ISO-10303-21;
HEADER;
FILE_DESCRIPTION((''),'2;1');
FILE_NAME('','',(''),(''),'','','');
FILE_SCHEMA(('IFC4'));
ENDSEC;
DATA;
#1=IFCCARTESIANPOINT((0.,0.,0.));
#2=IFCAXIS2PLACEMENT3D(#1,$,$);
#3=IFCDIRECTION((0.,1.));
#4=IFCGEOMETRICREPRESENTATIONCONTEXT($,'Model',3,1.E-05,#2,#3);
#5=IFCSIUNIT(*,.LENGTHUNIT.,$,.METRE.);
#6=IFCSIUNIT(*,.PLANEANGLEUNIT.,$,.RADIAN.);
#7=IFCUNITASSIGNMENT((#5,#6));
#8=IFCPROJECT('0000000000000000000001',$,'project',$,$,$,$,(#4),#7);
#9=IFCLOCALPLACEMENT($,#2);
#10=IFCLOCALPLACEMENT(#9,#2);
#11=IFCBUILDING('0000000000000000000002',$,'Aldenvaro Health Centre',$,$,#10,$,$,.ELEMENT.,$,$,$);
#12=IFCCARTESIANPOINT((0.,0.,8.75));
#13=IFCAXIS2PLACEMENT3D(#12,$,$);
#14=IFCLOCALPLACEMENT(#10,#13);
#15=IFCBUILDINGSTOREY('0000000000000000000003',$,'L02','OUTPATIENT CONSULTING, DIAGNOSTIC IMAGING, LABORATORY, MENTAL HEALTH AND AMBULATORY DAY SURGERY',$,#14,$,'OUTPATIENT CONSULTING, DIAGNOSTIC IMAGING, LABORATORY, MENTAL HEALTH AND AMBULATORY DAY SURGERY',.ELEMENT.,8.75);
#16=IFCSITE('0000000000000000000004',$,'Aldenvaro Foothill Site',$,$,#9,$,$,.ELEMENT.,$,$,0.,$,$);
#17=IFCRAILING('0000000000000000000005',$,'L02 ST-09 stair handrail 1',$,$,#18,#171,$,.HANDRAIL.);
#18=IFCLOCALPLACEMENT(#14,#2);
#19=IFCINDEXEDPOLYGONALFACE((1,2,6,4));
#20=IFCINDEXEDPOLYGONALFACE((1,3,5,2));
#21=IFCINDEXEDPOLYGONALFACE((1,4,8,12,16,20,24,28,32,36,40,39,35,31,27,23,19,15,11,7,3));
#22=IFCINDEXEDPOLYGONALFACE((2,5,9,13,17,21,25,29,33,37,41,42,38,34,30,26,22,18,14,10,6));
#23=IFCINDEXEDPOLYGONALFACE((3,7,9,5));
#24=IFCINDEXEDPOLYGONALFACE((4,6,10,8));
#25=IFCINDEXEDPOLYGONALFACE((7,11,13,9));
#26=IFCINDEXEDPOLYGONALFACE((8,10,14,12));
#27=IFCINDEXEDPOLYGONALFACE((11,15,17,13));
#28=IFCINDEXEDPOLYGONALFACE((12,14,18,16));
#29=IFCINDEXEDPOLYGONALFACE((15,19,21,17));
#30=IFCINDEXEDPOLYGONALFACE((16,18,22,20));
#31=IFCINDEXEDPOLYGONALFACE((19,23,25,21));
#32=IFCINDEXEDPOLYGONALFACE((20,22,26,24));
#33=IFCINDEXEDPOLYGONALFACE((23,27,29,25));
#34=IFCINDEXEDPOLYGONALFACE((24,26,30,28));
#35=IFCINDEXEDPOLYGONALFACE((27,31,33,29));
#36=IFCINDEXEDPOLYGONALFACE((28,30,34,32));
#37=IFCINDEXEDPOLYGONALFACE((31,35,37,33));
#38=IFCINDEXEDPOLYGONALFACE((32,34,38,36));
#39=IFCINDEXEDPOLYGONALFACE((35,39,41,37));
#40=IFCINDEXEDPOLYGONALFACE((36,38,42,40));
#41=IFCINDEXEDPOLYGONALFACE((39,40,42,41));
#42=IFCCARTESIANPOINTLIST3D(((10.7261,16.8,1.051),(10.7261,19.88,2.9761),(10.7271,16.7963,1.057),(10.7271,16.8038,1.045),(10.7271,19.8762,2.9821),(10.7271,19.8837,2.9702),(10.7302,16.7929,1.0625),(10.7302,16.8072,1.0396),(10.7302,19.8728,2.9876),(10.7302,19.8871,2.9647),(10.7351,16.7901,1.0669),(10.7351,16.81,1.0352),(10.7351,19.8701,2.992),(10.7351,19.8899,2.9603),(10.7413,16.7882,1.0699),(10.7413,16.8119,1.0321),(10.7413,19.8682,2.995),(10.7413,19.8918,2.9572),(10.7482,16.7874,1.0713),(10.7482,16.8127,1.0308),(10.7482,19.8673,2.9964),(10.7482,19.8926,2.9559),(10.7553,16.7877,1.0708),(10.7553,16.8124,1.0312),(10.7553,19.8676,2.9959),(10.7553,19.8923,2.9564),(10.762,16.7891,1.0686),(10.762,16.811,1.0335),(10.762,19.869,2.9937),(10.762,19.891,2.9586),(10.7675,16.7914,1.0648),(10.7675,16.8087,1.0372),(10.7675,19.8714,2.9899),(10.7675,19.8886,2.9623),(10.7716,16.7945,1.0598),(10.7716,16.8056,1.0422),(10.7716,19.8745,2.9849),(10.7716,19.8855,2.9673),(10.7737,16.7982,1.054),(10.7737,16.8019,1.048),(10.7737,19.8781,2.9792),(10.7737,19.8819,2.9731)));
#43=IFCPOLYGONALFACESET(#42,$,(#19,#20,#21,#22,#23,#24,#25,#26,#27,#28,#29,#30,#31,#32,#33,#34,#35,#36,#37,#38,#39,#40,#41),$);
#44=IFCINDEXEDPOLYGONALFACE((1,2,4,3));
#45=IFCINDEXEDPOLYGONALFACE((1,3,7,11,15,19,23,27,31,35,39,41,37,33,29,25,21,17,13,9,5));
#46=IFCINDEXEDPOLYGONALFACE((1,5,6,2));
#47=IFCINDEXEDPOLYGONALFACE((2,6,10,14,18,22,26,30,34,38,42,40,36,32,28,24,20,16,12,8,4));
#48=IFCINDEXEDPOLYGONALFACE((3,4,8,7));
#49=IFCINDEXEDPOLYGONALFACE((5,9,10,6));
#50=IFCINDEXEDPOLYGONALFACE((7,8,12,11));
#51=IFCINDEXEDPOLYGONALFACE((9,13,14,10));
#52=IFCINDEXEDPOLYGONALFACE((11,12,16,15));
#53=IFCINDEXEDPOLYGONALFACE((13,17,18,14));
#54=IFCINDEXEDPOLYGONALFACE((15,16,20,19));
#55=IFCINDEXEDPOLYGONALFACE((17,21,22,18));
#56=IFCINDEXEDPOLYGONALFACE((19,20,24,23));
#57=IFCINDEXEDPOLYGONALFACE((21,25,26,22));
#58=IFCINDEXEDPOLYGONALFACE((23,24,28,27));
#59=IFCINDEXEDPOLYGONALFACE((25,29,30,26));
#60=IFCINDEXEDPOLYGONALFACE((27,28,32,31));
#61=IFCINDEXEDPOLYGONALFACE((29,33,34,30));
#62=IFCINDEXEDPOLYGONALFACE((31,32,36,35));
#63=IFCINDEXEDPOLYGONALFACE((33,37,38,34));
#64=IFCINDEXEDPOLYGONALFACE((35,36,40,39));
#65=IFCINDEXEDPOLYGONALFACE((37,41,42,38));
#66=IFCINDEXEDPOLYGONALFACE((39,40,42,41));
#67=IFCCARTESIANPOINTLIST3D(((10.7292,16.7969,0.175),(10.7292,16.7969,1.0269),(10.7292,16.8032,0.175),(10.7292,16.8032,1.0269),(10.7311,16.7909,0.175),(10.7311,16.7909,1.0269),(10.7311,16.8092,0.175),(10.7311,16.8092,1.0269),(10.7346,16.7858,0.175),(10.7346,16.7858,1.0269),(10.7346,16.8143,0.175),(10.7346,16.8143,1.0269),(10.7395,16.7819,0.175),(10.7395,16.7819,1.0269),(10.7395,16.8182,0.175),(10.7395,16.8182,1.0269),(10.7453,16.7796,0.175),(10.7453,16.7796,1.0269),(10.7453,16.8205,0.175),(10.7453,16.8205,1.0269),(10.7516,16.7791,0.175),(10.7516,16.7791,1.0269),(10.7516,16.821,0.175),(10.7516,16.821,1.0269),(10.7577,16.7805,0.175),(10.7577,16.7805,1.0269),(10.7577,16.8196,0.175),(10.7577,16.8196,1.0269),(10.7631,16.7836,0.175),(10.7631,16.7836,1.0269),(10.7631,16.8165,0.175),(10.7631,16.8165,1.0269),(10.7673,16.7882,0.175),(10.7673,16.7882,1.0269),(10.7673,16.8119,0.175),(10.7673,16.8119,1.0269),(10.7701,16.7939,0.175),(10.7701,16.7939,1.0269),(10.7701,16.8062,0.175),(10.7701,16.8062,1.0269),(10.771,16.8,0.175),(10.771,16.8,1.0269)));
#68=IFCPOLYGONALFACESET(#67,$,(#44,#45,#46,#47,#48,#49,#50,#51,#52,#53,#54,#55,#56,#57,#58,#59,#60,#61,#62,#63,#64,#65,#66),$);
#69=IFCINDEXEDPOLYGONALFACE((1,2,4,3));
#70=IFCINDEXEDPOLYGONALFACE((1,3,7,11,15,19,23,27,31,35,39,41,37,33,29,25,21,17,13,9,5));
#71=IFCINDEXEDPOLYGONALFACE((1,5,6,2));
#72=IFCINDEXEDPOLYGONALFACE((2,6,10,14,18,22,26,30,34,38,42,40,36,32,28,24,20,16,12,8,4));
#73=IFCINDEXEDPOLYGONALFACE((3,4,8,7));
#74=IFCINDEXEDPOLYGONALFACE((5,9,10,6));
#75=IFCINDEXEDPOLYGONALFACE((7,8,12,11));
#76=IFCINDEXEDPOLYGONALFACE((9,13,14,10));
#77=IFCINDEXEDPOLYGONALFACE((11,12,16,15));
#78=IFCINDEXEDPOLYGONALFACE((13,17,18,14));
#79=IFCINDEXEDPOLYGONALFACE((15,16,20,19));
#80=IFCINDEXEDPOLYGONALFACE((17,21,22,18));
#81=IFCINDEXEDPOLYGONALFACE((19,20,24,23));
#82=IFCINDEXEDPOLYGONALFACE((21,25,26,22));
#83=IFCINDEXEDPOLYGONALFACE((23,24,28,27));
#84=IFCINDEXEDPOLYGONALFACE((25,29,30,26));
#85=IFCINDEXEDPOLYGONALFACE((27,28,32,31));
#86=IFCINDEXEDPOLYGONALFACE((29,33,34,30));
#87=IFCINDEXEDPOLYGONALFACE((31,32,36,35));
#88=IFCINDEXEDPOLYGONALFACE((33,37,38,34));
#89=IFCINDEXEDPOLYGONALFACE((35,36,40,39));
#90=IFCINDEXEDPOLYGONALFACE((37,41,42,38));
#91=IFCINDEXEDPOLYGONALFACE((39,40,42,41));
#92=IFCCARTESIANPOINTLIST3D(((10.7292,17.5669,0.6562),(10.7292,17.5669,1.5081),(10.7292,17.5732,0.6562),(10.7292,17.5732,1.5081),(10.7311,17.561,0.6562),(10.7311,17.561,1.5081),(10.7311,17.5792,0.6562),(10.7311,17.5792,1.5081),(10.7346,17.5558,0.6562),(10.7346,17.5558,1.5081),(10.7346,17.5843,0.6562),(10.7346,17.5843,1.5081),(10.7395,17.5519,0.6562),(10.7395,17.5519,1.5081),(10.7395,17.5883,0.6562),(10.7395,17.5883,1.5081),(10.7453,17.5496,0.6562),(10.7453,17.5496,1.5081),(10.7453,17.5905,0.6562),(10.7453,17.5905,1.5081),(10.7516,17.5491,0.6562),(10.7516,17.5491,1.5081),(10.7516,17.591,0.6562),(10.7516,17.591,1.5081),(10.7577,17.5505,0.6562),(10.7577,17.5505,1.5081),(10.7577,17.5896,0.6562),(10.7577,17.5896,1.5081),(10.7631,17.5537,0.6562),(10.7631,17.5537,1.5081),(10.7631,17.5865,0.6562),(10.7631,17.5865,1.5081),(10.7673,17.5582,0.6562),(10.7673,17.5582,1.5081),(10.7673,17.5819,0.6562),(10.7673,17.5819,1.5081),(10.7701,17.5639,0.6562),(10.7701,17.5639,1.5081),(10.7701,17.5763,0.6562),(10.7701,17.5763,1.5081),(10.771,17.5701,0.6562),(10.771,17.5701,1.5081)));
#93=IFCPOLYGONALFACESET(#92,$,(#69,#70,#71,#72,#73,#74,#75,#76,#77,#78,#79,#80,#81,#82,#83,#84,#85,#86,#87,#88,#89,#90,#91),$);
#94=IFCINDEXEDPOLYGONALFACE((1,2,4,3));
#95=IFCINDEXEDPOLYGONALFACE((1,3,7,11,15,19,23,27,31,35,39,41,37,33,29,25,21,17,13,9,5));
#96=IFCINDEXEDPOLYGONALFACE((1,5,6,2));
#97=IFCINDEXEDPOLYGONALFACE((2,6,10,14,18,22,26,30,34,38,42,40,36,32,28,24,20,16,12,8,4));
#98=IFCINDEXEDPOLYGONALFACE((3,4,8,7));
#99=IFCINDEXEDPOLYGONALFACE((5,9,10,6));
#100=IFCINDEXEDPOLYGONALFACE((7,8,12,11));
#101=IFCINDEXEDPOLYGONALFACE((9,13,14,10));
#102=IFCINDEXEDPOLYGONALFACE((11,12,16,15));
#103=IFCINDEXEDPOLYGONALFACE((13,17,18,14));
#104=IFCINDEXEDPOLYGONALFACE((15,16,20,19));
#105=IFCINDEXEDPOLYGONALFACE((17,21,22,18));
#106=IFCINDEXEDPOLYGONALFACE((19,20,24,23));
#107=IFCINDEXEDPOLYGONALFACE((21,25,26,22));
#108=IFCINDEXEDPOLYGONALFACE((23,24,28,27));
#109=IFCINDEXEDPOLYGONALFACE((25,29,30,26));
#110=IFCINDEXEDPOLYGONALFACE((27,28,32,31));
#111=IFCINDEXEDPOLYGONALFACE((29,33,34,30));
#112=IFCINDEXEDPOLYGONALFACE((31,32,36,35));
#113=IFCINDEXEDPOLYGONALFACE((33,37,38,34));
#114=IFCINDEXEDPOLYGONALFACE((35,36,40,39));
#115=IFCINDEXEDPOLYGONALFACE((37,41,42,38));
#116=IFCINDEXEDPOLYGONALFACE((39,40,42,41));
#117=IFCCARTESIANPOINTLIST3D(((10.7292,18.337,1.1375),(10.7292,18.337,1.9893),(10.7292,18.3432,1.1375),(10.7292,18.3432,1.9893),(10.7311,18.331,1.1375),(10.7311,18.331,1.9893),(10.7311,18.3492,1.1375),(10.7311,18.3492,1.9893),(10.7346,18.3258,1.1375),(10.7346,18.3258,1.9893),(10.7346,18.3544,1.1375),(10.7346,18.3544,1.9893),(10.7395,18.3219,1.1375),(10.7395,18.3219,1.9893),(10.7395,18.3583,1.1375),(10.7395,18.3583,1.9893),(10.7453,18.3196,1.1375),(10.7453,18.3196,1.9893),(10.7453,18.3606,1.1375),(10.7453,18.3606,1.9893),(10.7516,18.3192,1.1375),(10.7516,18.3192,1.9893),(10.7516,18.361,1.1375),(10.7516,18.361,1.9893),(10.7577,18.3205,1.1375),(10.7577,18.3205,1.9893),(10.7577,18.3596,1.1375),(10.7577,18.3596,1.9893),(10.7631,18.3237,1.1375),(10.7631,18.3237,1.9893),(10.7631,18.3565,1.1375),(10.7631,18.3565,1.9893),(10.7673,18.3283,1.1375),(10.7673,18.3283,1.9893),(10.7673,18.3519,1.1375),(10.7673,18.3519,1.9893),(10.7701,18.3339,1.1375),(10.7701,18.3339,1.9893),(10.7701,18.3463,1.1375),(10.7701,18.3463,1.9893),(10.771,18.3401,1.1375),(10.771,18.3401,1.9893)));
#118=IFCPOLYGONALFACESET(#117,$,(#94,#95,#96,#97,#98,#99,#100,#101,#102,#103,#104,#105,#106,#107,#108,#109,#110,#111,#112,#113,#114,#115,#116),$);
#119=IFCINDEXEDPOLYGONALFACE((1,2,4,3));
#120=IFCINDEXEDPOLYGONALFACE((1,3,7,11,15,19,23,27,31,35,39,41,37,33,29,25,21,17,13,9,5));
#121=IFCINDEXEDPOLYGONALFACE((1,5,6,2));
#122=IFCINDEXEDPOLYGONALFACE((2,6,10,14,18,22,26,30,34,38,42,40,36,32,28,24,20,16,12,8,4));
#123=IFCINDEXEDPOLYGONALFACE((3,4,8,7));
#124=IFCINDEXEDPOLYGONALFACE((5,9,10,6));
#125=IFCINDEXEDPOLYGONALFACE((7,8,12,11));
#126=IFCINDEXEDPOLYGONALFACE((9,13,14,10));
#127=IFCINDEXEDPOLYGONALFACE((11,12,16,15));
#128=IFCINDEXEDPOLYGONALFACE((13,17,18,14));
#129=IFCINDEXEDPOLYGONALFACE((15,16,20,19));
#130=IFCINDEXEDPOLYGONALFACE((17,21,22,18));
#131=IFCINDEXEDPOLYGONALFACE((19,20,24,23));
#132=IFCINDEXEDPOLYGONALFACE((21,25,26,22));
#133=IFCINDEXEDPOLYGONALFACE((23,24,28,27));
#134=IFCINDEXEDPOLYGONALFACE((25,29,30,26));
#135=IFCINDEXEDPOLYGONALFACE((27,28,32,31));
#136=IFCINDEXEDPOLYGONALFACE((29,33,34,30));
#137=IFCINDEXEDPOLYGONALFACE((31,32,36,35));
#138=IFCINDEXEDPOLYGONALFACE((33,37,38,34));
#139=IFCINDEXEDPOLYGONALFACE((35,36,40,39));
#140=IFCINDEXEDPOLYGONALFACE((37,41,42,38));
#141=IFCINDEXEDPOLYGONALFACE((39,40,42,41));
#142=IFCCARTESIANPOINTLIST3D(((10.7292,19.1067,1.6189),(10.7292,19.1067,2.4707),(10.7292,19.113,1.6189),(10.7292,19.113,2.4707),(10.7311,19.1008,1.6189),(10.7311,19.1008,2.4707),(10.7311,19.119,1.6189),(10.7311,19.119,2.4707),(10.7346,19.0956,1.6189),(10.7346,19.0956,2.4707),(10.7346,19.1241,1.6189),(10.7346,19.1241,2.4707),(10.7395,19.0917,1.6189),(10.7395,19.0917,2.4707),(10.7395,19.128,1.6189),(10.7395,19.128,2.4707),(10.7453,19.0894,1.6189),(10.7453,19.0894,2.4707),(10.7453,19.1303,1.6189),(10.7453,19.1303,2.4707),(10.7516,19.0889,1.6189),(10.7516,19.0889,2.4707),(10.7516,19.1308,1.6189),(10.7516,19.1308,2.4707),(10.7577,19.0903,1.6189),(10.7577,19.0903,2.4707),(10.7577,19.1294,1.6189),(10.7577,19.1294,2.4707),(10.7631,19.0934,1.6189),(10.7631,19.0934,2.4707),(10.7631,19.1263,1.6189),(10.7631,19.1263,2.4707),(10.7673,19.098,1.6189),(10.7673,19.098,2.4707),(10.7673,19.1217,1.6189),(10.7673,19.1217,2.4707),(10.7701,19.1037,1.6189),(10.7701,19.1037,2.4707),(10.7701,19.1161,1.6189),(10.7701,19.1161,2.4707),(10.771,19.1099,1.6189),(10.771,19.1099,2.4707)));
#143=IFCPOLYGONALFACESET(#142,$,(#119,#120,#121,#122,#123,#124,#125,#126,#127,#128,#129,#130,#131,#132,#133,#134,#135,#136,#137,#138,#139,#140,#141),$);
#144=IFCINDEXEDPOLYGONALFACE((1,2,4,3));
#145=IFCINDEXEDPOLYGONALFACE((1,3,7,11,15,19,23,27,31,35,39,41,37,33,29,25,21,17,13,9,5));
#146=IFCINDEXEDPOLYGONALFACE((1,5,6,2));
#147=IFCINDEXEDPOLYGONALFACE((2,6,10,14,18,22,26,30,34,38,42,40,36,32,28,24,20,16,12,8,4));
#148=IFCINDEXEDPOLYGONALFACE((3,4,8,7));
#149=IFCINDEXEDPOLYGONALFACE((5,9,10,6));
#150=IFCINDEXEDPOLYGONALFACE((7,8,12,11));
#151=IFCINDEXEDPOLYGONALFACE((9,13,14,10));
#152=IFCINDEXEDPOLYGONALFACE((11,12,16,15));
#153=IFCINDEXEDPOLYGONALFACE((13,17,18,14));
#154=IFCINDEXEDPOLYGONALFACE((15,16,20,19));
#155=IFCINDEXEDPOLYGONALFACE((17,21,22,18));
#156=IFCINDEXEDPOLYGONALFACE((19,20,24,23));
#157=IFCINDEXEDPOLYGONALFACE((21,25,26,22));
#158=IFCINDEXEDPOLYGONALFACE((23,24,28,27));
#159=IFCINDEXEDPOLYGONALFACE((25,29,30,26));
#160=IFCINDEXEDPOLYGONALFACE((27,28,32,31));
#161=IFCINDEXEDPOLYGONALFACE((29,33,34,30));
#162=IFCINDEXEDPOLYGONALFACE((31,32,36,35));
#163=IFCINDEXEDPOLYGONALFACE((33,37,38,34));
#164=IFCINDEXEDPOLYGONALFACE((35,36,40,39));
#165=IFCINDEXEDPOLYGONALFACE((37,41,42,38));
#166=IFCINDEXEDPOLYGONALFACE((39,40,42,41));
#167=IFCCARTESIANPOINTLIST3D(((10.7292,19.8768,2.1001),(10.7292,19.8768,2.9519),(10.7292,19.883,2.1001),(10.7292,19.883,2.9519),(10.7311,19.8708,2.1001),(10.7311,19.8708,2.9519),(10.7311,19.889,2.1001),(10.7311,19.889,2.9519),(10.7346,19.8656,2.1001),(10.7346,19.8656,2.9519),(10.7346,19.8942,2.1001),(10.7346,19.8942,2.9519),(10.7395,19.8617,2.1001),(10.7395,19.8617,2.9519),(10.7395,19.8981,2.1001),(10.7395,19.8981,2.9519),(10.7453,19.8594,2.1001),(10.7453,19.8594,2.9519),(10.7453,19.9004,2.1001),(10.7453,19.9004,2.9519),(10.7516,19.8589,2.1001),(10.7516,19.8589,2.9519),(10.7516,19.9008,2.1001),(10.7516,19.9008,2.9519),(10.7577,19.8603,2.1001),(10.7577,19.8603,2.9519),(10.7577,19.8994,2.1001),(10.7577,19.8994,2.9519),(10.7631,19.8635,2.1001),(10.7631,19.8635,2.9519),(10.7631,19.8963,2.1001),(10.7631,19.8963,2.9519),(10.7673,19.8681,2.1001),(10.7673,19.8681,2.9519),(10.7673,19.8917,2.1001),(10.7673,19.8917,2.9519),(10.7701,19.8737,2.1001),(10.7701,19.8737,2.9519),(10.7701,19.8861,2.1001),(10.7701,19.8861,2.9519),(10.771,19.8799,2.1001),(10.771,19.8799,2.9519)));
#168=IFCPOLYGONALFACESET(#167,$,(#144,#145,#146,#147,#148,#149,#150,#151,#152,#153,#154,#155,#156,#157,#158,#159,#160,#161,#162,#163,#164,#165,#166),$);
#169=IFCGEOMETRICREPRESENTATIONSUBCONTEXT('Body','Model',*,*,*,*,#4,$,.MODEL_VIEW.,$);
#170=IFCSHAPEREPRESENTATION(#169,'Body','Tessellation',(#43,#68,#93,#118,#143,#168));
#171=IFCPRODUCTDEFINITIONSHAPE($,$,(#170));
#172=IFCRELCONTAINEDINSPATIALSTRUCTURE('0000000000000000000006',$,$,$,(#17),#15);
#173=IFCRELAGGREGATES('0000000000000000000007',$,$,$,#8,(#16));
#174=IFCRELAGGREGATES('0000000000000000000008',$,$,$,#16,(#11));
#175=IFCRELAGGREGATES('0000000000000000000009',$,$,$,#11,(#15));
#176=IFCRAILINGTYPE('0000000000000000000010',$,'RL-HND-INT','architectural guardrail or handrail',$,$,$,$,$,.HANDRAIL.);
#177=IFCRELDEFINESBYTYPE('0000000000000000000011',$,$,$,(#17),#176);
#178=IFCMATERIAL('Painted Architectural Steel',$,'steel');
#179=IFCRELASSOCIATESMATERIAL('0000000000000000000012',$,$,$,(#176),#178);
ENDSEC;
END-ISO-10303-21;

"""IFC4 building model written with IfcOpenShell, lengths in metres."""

from ifc_helpers import new_model, si_unit, direction, frame, origin, origin_2d, place, context, subcontext, project, spatial, circle, extrude, material, type_object, element, save


model = new_model("IFC4")

# Units and contexts
model_context = context("Model", 3, precision=1e-05, world=origin(), true_north=direction((0.0, 1.0)))
body_context = subcontext(model_context, "Body", "Model", "MODEL_VIEW")
ifc_project = project(units=[si_unit("LENGTHUNIT", "METRE"), si_unit("PLANEANGLEUNIT", "RADIAN")], contexts=[model_context])

# Site, building, storey
site_placement = place(None, origin())
site = spatial("IfcSite", under=ifc_project, at=site_placement, Name="Aldenvaro Foothill Site", CompositionType="ELEMENT", RefElevation=0.0)
building_placement = place(site_placement, origin())
building = spatial("IfcBuilding", under=site, at=building_placement, Name="Aldenvaro Health Centre", CompositionType="ELEMENT")
storey_placement = place(building_placement, frame((0.0, 0.0, 8.75)))
storey = spatial("IfcBuildingStorey", under=building, at=storey_placement, Name="L02", Description="OUTPATIENT CONSULTING, DIAGNOSTIC IMAGING, LABORATORY, MENTAL HEALTH AND AMBULATORY DAY SURGERY", LongName="OUTPATIENT CONSULTING, DIAGNOSTIC IMAGING, LABORATORY, MENTAL HEALTH AND AMBULATORY DAY SURGERY", CompositionType="ELEMENT", Elevation=8.75)

# Railing
ifc_material_1 = material(Name="Painted Architectural Steel", Category="steel")
railing_type_1 = type_object("IfcRailingType", Name="RL-HND-INT", Description="architectural guardrail or handrail", PredefinedType="HANDRAIL", material=ifc_material_1)
railing_1_placement = place(storey_placement, frame((10.75, 16.8, 0.175)))
element("IfcRailing", 1, at=railing_1_placement, inside=storey, type_object=railing_type_1, Name="L02 ST-09 stair handrail 1", PredefinedType="HANDRAIL", context=body_context, shape_type="SweptSolid", body=[
    extrude(circle(Radius=0.0239, at=origin_2d()), frame((0.0, 0.0, 0.876), z_axis=(0.0, 0.847979, 0.530029), x_axis=(-1.0, 0.0, 0.0)), (0.0, 0.0, 1.0), 3.6321),
    extrude(circle(Radius=0.021, at=origin_2d()), origin(), (0.0, 0.0, 1.0), 0.8518),
    extrude(circle(Radius=0.021, at=origin_2d()), frame((0.0, 0.77, 0.4812)), (0.0, 0.0, 1.0), 0.8518),
    extrude(circle(Radius=0.021, at=origin_2d()), frame((0.0, 1.54, 0.9624)), (0.0, 0.0, 1.0), 0.8518),
    extrude(circle(Radius=0.021, at=origin_2d()), frame((0.0, 2.3098, 1.4438)), (0.0, 0.0, 1.0), 0.8518),
    extrude(circle(Radius=0.021, at=origin_2d()), frame((0.0, 3.0798, 1.925)), (0.0, 0.0, 1.0), 0.8518),
])

save(model, "model.ifc")
